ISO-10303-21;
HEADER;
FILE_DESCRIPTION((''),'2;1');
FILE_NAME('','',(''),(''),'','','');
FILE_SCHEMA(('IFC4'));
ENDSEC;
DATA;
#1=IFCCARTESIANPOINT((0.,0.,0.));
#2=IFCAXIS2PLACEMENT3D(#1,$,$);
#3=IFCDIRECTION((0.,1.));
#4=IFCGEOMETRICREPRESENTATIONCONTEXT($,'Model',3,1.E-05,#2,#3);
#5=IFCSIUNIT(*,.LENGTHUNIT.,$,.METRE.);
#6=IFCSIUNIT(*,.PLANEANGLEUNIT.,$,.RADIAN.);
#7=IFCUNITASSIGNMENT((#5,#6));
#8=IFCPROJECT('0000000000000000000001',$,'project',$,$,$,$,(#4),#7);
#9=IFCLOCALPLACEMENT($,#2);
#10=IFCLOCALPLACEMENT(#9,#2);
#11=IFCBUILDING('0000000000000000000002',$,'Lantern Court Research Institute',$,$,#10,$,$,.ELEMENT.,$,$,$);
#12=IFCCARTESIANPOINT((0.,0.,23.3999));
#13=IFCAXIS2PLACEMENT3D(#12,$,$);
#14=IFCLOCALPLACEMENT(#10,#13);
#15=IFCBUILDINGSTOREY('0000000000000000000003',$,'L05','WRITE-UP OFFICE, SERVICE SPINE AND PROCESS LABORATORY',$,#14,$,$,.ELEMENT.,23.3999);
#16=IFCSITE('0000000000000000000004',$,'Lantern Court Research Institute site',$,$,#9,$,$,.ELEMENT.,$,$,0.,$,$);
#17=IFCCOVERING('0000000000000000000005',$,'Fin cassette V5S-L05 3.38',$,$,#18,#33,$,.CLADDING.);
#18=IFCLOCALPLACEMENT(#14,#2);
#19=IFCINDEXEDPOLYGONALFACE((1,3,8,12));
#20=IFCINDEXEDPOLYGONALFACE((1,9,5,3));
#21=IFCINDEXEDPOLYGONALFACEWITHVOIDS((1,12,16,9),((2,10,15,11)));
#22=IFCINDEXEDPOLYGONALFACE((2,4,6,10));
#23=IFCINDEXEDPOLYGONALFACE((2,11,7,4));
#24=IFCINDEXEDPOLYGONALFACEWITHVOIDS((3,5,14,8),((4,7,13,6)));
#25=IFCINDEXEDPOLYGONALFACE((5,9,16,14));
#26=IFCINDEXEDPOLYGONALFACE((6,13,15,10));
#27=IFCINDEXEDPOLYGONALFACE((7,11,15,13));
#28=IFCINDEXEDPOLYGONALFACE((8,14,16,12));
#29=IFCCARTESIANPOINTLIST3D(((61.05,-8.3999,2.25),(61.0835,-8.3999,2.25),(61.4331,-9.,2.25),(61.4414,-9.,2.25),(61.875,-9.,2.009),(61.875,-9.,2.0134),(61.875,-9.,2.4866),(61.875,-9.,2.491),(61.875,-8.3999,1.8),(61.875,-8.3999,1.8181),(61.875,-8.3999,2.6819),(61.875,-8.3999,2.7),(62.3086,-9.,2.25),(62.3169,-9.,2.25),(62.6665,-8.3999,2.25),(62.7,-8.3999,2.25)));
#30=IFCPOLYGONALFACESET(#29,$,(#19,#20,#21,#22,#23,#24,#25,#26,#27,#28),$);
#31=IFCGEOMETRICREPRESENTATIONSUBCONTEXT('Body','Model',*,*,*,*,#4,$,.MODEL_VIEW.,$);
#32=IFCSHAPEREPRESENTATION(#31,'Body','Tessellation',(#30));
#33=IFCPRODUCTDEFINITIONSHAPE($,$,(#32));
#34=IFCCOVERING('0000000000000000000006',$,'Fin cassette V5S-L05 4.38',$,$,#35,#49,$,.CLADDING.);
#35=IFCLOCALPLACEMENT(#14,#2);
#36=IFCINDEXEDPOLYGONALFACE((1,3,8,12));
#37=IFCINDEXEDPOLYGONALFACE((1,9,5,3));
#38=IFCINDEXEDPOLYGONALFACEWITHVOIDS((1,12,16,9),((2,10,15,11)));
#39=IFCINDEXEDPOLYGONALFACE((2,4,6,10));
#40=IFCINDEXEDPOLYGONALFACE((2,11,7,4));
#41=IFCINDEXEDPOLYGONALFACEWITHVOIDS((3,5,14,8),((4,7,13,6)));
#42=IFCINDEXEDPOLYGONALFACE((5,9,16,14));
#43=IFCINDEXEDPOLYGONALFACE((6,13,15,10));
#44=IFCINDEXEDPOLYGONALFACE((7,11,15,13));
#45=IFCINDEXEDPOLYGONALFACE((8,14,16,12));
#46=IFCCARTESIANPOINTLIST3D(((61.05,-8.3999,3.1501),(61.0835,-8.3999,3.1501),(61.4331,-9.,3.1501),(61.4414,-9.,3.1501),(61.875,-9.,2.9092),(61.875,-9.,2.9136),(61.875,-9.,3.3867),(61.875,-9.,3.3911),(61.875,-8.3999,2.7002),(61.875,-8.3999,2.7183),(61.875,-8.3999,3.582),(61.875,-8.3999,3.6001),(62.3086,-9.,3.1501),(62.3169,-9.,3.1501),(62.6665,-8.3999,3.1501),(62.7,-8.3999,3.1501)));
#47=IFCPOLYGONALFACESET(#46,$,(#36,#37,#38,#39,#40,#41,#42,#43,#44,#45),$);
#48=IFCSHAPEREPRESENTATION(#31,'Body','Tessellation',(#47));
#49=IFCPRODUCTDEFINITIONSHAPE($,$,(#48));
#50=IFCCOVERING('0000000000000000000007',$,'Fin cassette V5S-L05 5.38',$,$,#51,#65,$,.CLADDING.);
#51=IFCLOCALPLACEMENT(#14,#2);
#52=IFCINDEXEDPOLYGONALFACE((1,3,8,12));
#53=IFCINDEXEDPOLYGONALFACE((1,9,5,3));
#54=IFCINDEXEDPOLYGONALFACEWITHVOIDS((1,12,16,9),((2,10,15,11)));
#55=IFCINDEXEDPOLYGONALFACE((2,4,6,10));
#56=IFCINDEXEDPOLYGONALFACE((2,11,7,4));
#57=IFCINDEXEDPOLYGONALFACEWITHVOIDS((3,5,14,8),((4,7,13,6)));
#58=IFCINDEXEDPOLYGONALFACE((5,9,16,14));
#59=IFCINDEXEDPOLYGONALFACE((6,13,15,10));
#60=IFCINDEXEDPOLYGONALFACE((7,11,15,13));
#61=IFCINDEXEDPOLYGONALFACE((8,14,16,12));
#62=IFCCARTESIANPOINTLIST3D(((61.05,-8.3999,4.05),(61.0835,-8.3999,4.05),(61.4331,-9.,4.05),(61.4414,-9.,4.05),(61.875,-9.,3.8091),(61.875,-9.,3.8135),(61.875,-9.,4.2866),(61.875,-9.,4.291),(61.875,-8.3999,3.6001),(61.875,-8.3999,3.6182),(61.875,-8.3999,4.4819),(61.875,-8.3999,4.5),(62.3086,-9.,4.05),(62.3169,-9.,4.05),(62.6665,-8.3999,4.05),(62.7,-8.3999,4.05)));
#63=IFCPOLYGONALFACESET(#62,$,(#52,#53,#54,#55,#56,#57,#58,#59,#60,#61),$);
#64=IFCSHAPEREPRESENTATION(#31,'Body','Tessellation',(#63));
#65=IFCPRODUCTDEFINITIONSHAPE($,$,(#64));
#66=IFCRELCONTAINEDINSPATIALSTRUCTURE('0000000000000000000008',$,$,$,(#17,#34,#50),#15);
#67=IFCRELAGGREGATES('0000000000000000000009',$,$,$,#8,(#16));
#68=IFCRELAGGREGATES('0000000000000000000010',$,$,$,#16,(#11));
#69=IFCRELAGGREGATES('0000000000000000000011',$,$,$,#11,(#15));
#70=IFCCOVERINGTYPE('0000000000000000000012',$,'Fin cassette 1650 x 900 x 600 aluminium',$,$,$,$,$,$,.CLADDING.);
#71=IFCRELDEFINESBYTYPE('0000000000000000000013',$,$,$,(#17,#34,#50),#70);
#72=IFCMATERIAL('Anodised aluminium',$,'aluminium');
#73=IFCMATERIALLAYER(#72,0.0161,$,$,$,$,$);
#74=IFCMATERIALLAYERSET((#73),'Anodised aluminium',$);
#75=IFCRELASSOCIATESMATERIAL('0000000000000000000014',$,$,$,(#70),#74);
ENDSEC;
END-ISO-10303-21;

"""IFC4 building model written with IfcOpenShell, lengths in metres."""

from ifc_helpers import new_model, entity, si_unit, direction, frame, origin, place, context, subcontext, project, spatial, material, layer, layer_set, type_object, element, save


model = new_model("IFC4")

# Units and contexts
model_context = context("Model", 3, precision=1e-05, world=origin(), true_north=direction((0.0, 1.0)))
body_context = subcontext(model_context, "Body", "Model", "MODEL_VIEW")
ifc_project = project(units=[si_unit("LENGTHUNIT", "METRE"), si_unit("PLANEANGLEUNIT", "RADIAN")], contexts=[model_context])

# Site, building, storey
site_placement = place(None, origin())
site = spatial("IfcSite", under=ifc_project, at=site_placement, Name="Lantern Court Research Institute site", CompositionType="ELEMENT", RefElevation=0.0)
building_placement = place(site_placement, origin())
building = spatial("IfcBuilding", under=site, at=building_placement, Name="Lantern Court Research Institute", CompositionType="ELEMENT")
storey_placement = place(building_placement, frame((0.0, 0.0, 23.3999)))
storey = spatial("IfcBuildingStorey", under=building, at=storey_placement, Name="L05", Description="WRITE-UP OFFICE, SERVICE SPINE AND PROCESS LABORATORY", CompositionType="ELEMENT", Elevation=23.3999)

# Coverings
ifc_material_1 = material(Name="Anodised aluminium", Category="aluminium")
ifc_layer_1 = layer(ifc_material_1, 0.0161)
ifc_layer_set_1 = layer_set([ifc_layer_1], Name="Anodised aluminium")
covering_type = type_object("IfcCoveringType", Name="Fin cassette 1650 x 900 x 600 aluminium", PredefinedType="CLADDING", material=ifc_layer_set_1)
covering_1_placement = place(storey_placement, frame((61.875, -8.3999, 2.25), z_axis=(0.0, -1.0, 0.0), x_axis=(1.0, 0.0, 0.0)))
cartesian_point_1 = entity("IfcCartesianPoint", [0.825, 0.0])
cartesian_point_2 = entity("IfcCartesianPoint", [0.7915, 0.0])
cartesian_point_3 = entity("IfcCartesianPoint", [0.4419, 0.0])
cartesian_point_4 = entity("IfcCartesianPoint", [0.4336, 0.0])
element("IfcCovering", 1, at=covering_1_placement, inside=storey, type_object=covering_type, Name="Fin cassette V5S-L05 3.38", PredefinedType="CLADDING", context=body_context, shape_type="SweptSolid", body=[
    entity("IfcExtrudedAreaSolidTapered", entity("IfcArbitraryProfileDefWithVoids", "AREA", None, entity("IfcPolyline", [cartesian_point_1, entity("IfcCartesianPoint", [0.0, 0.45]), entity("IfcCartesianPoint", [-0.825, 0.0]), entity("IfcCartesianPoint", [0.0, -0.45]), cartesian_point_1]), [entity("IfcPolyline", [cartesian_point_2, entity("IfcCartesianPoint", [0.0, 0.4319]), entity("IfcCartesianPoint", [-0.7915, 0.0]), entity("IfcCartesianPoint", [0.0, -0.4319]), cartesian_point_2])]), entity("IfcAxis2Placement3D", entity("IfcCartesianPoint", [0.0, 0.0, 0.0])), entity("IfcDirection", [0.0, 0.0, 1.0]), 0.6001, entity("IfcArbitraryProfileDefWithVoids", "AREA", None, entity("IfcPolyline", [cartesian_point_3, entity("IfcCartesianPoint", [0.0, 0.241]), entity("IfcCartesianPoint", [-0.4419, 0.0]), entity("IfcCartesianPoint", [0.0, -0.241]), cartesian_point_3]), [entity("IfcPolyline", [cartesian_point_4, entity("IfcCartesianPoint", [0.0, 0.2366]), entity("IfcCartesianPoint", [-0.4336, 0.0]), entity("IfcCartesianPoint", [0.0, -0.2366]), cartesian_point_4])])),
])
covering_2_placement = place(storey_placement, frame((61.875, -8.3999, 3.1501), z_axis=(0.0, -1.0, 0.0), x_axis=(1.0, 0.0, 0.0)))
cartesian_point_5 = entity("IfcCartesianPoint", [0.825, 0.0])
cartesian_point_6 = entity("IfcCartesianPoint", [0.7915, 0.0])
cartesian_point_7 = entity("IfcCartesianPoint", [0.4419, 0.0])
cartesian_point_8 = entity("IfcCartesianPoint", [0.4336, 0.0])
element("IfcCovering", 2, at=covering_2_placement, inside=storey, type_object=covering_type, Name="Fin cassette V5S-L05 4.38", PredefinedType="CLADDING", context=body_context, shape_type="SweptSolid", body=[
    entity("IfcExtrudedAreaSolidTapered", entity("IfcArbitraryProfileDefWithVoids", "AREA", None, entity("IfcPolyline", [cartesian_point_5, entity("IfcCartesianPoint", [0.0, 0.45]), entity("IfcCartesianPoint", [-0.825, 0.0]), entity("IfcCartesianPoint", [0.0, -0.45]), cartesian_point_5]), [entity("IfcPolyline", [cartesian_point_6, entity("IfcCartesianPoint", [0.0, 0.4319]), entity("IfcCartesianPoint", [-0.7915, 0.0]), entity("IfcCartesianPoint", [0.0, -0.4319]), cartesian_point_6])]), entity("IfcAxis2Placement3D", entity("IfcCartesianPoint", [0.0, 0.0, 0.0])), entity("IfcDirection", [0.0, 0.0, 1.0]), 0.6001, entity("IfcArbitraryProfileDefWithVoids", "AREA", None, entity("IfcPolyline", [cartesian_point_7, entity("IfcCartesianPoint", [0.0, 0.241]), entity("IfcCartesianPoint", [-0.4419, 0.0]), entity("IfcCartesianPoint", [0.0, -0.241]), cartesian_point_7]), [entity("IfcPolyline", [cartesian_point_8, entity("IfcCartesianPoint", [0.0, 0.2366]), entity("IfcCartesianPoint", [-0.4336, 0.0]), entity("IfcCartesianPoint", [0.0, -0.2366]), cartesian_point_8])])),
])
covering_3_placement = place(storey_placement, frame((61.875, -8.3999, 4.05), z_axis=(0.0, -1.0, 0.0), x_axis=(1.0, 0.0, 0.0)))
cartesian_point_9 = entity("IfcCartesianPoint", [0.825, 0.0])
cartesian_point_10 = entity("IfcCartesianPoint", [0.7915, 0.0])
cartesian_point_11 = entity("IfcCartesianPoint", [0.4419, 0.0])
cartesian_point_12 = entity("IfcCartesianPoint", [0.4336, 0.0])
element("IfcCovering", 3, at=covering_3_placement, inside=storey, type_object=covering_type, Name="Fin cassette V5S-L05 5.38", PredefinedType="CLADDING", context=body_context, shape_type="SweptSolid", body=[
    entity("IfcExtrudedAreaSolidTapered", entity("IfcArbitraryProfileDefWithVoids", "AREA", None, entity("IfcPolyline", [cartesian_point_9, entity("IfcCartesianPoint", [0.0, 0.45]), entity("IfcCartesianPoint", [-0.825, 0.0]), entity("IfcCartesianPoint", [0.0, -0.45]), cartesian_point_9]), [entity("IfcPolyline", [cartesian_point_10, entity("IfcCartesianPoint", [0.0, 0.4319]), entity("IfcCartesianPoint", [-0.7915, 0.0]), entity("IfcCartesianPoint", [0.0, -0.4319]), cartesian_point_10])]), entity("IfcAxis2Placement3D", entity("IfcCartesianPoint", [0.0, 0.0, 0.0])), entity("IfcDirection", [0.0, 0.0, 1.0]), 0.6001, entity("IfcArbitraryProfileDefWithVoids", "AREA", None, entity("IfcPolyline", [cartesian_point_11, entity("IfcCartesianPoint", [0.0, 0.241]), entity("IfcCartesianPoint", [-0.4419, 0.0]), entity("IfcCartesianPoint", [0.0, -0.241]), cartesian_point_11]), [entity("IfcPolyline", [cartesian_point_12, entity("IfcCartesianPoint", [0.0, 0.2366]), entity("IfcCartesianPoint", [-0.4336, 0.0]), entity("IfcCartesianPoint", [0.0, -0.2366]), cartesian_point_12])])),
])

save(model, "model.ifc")
